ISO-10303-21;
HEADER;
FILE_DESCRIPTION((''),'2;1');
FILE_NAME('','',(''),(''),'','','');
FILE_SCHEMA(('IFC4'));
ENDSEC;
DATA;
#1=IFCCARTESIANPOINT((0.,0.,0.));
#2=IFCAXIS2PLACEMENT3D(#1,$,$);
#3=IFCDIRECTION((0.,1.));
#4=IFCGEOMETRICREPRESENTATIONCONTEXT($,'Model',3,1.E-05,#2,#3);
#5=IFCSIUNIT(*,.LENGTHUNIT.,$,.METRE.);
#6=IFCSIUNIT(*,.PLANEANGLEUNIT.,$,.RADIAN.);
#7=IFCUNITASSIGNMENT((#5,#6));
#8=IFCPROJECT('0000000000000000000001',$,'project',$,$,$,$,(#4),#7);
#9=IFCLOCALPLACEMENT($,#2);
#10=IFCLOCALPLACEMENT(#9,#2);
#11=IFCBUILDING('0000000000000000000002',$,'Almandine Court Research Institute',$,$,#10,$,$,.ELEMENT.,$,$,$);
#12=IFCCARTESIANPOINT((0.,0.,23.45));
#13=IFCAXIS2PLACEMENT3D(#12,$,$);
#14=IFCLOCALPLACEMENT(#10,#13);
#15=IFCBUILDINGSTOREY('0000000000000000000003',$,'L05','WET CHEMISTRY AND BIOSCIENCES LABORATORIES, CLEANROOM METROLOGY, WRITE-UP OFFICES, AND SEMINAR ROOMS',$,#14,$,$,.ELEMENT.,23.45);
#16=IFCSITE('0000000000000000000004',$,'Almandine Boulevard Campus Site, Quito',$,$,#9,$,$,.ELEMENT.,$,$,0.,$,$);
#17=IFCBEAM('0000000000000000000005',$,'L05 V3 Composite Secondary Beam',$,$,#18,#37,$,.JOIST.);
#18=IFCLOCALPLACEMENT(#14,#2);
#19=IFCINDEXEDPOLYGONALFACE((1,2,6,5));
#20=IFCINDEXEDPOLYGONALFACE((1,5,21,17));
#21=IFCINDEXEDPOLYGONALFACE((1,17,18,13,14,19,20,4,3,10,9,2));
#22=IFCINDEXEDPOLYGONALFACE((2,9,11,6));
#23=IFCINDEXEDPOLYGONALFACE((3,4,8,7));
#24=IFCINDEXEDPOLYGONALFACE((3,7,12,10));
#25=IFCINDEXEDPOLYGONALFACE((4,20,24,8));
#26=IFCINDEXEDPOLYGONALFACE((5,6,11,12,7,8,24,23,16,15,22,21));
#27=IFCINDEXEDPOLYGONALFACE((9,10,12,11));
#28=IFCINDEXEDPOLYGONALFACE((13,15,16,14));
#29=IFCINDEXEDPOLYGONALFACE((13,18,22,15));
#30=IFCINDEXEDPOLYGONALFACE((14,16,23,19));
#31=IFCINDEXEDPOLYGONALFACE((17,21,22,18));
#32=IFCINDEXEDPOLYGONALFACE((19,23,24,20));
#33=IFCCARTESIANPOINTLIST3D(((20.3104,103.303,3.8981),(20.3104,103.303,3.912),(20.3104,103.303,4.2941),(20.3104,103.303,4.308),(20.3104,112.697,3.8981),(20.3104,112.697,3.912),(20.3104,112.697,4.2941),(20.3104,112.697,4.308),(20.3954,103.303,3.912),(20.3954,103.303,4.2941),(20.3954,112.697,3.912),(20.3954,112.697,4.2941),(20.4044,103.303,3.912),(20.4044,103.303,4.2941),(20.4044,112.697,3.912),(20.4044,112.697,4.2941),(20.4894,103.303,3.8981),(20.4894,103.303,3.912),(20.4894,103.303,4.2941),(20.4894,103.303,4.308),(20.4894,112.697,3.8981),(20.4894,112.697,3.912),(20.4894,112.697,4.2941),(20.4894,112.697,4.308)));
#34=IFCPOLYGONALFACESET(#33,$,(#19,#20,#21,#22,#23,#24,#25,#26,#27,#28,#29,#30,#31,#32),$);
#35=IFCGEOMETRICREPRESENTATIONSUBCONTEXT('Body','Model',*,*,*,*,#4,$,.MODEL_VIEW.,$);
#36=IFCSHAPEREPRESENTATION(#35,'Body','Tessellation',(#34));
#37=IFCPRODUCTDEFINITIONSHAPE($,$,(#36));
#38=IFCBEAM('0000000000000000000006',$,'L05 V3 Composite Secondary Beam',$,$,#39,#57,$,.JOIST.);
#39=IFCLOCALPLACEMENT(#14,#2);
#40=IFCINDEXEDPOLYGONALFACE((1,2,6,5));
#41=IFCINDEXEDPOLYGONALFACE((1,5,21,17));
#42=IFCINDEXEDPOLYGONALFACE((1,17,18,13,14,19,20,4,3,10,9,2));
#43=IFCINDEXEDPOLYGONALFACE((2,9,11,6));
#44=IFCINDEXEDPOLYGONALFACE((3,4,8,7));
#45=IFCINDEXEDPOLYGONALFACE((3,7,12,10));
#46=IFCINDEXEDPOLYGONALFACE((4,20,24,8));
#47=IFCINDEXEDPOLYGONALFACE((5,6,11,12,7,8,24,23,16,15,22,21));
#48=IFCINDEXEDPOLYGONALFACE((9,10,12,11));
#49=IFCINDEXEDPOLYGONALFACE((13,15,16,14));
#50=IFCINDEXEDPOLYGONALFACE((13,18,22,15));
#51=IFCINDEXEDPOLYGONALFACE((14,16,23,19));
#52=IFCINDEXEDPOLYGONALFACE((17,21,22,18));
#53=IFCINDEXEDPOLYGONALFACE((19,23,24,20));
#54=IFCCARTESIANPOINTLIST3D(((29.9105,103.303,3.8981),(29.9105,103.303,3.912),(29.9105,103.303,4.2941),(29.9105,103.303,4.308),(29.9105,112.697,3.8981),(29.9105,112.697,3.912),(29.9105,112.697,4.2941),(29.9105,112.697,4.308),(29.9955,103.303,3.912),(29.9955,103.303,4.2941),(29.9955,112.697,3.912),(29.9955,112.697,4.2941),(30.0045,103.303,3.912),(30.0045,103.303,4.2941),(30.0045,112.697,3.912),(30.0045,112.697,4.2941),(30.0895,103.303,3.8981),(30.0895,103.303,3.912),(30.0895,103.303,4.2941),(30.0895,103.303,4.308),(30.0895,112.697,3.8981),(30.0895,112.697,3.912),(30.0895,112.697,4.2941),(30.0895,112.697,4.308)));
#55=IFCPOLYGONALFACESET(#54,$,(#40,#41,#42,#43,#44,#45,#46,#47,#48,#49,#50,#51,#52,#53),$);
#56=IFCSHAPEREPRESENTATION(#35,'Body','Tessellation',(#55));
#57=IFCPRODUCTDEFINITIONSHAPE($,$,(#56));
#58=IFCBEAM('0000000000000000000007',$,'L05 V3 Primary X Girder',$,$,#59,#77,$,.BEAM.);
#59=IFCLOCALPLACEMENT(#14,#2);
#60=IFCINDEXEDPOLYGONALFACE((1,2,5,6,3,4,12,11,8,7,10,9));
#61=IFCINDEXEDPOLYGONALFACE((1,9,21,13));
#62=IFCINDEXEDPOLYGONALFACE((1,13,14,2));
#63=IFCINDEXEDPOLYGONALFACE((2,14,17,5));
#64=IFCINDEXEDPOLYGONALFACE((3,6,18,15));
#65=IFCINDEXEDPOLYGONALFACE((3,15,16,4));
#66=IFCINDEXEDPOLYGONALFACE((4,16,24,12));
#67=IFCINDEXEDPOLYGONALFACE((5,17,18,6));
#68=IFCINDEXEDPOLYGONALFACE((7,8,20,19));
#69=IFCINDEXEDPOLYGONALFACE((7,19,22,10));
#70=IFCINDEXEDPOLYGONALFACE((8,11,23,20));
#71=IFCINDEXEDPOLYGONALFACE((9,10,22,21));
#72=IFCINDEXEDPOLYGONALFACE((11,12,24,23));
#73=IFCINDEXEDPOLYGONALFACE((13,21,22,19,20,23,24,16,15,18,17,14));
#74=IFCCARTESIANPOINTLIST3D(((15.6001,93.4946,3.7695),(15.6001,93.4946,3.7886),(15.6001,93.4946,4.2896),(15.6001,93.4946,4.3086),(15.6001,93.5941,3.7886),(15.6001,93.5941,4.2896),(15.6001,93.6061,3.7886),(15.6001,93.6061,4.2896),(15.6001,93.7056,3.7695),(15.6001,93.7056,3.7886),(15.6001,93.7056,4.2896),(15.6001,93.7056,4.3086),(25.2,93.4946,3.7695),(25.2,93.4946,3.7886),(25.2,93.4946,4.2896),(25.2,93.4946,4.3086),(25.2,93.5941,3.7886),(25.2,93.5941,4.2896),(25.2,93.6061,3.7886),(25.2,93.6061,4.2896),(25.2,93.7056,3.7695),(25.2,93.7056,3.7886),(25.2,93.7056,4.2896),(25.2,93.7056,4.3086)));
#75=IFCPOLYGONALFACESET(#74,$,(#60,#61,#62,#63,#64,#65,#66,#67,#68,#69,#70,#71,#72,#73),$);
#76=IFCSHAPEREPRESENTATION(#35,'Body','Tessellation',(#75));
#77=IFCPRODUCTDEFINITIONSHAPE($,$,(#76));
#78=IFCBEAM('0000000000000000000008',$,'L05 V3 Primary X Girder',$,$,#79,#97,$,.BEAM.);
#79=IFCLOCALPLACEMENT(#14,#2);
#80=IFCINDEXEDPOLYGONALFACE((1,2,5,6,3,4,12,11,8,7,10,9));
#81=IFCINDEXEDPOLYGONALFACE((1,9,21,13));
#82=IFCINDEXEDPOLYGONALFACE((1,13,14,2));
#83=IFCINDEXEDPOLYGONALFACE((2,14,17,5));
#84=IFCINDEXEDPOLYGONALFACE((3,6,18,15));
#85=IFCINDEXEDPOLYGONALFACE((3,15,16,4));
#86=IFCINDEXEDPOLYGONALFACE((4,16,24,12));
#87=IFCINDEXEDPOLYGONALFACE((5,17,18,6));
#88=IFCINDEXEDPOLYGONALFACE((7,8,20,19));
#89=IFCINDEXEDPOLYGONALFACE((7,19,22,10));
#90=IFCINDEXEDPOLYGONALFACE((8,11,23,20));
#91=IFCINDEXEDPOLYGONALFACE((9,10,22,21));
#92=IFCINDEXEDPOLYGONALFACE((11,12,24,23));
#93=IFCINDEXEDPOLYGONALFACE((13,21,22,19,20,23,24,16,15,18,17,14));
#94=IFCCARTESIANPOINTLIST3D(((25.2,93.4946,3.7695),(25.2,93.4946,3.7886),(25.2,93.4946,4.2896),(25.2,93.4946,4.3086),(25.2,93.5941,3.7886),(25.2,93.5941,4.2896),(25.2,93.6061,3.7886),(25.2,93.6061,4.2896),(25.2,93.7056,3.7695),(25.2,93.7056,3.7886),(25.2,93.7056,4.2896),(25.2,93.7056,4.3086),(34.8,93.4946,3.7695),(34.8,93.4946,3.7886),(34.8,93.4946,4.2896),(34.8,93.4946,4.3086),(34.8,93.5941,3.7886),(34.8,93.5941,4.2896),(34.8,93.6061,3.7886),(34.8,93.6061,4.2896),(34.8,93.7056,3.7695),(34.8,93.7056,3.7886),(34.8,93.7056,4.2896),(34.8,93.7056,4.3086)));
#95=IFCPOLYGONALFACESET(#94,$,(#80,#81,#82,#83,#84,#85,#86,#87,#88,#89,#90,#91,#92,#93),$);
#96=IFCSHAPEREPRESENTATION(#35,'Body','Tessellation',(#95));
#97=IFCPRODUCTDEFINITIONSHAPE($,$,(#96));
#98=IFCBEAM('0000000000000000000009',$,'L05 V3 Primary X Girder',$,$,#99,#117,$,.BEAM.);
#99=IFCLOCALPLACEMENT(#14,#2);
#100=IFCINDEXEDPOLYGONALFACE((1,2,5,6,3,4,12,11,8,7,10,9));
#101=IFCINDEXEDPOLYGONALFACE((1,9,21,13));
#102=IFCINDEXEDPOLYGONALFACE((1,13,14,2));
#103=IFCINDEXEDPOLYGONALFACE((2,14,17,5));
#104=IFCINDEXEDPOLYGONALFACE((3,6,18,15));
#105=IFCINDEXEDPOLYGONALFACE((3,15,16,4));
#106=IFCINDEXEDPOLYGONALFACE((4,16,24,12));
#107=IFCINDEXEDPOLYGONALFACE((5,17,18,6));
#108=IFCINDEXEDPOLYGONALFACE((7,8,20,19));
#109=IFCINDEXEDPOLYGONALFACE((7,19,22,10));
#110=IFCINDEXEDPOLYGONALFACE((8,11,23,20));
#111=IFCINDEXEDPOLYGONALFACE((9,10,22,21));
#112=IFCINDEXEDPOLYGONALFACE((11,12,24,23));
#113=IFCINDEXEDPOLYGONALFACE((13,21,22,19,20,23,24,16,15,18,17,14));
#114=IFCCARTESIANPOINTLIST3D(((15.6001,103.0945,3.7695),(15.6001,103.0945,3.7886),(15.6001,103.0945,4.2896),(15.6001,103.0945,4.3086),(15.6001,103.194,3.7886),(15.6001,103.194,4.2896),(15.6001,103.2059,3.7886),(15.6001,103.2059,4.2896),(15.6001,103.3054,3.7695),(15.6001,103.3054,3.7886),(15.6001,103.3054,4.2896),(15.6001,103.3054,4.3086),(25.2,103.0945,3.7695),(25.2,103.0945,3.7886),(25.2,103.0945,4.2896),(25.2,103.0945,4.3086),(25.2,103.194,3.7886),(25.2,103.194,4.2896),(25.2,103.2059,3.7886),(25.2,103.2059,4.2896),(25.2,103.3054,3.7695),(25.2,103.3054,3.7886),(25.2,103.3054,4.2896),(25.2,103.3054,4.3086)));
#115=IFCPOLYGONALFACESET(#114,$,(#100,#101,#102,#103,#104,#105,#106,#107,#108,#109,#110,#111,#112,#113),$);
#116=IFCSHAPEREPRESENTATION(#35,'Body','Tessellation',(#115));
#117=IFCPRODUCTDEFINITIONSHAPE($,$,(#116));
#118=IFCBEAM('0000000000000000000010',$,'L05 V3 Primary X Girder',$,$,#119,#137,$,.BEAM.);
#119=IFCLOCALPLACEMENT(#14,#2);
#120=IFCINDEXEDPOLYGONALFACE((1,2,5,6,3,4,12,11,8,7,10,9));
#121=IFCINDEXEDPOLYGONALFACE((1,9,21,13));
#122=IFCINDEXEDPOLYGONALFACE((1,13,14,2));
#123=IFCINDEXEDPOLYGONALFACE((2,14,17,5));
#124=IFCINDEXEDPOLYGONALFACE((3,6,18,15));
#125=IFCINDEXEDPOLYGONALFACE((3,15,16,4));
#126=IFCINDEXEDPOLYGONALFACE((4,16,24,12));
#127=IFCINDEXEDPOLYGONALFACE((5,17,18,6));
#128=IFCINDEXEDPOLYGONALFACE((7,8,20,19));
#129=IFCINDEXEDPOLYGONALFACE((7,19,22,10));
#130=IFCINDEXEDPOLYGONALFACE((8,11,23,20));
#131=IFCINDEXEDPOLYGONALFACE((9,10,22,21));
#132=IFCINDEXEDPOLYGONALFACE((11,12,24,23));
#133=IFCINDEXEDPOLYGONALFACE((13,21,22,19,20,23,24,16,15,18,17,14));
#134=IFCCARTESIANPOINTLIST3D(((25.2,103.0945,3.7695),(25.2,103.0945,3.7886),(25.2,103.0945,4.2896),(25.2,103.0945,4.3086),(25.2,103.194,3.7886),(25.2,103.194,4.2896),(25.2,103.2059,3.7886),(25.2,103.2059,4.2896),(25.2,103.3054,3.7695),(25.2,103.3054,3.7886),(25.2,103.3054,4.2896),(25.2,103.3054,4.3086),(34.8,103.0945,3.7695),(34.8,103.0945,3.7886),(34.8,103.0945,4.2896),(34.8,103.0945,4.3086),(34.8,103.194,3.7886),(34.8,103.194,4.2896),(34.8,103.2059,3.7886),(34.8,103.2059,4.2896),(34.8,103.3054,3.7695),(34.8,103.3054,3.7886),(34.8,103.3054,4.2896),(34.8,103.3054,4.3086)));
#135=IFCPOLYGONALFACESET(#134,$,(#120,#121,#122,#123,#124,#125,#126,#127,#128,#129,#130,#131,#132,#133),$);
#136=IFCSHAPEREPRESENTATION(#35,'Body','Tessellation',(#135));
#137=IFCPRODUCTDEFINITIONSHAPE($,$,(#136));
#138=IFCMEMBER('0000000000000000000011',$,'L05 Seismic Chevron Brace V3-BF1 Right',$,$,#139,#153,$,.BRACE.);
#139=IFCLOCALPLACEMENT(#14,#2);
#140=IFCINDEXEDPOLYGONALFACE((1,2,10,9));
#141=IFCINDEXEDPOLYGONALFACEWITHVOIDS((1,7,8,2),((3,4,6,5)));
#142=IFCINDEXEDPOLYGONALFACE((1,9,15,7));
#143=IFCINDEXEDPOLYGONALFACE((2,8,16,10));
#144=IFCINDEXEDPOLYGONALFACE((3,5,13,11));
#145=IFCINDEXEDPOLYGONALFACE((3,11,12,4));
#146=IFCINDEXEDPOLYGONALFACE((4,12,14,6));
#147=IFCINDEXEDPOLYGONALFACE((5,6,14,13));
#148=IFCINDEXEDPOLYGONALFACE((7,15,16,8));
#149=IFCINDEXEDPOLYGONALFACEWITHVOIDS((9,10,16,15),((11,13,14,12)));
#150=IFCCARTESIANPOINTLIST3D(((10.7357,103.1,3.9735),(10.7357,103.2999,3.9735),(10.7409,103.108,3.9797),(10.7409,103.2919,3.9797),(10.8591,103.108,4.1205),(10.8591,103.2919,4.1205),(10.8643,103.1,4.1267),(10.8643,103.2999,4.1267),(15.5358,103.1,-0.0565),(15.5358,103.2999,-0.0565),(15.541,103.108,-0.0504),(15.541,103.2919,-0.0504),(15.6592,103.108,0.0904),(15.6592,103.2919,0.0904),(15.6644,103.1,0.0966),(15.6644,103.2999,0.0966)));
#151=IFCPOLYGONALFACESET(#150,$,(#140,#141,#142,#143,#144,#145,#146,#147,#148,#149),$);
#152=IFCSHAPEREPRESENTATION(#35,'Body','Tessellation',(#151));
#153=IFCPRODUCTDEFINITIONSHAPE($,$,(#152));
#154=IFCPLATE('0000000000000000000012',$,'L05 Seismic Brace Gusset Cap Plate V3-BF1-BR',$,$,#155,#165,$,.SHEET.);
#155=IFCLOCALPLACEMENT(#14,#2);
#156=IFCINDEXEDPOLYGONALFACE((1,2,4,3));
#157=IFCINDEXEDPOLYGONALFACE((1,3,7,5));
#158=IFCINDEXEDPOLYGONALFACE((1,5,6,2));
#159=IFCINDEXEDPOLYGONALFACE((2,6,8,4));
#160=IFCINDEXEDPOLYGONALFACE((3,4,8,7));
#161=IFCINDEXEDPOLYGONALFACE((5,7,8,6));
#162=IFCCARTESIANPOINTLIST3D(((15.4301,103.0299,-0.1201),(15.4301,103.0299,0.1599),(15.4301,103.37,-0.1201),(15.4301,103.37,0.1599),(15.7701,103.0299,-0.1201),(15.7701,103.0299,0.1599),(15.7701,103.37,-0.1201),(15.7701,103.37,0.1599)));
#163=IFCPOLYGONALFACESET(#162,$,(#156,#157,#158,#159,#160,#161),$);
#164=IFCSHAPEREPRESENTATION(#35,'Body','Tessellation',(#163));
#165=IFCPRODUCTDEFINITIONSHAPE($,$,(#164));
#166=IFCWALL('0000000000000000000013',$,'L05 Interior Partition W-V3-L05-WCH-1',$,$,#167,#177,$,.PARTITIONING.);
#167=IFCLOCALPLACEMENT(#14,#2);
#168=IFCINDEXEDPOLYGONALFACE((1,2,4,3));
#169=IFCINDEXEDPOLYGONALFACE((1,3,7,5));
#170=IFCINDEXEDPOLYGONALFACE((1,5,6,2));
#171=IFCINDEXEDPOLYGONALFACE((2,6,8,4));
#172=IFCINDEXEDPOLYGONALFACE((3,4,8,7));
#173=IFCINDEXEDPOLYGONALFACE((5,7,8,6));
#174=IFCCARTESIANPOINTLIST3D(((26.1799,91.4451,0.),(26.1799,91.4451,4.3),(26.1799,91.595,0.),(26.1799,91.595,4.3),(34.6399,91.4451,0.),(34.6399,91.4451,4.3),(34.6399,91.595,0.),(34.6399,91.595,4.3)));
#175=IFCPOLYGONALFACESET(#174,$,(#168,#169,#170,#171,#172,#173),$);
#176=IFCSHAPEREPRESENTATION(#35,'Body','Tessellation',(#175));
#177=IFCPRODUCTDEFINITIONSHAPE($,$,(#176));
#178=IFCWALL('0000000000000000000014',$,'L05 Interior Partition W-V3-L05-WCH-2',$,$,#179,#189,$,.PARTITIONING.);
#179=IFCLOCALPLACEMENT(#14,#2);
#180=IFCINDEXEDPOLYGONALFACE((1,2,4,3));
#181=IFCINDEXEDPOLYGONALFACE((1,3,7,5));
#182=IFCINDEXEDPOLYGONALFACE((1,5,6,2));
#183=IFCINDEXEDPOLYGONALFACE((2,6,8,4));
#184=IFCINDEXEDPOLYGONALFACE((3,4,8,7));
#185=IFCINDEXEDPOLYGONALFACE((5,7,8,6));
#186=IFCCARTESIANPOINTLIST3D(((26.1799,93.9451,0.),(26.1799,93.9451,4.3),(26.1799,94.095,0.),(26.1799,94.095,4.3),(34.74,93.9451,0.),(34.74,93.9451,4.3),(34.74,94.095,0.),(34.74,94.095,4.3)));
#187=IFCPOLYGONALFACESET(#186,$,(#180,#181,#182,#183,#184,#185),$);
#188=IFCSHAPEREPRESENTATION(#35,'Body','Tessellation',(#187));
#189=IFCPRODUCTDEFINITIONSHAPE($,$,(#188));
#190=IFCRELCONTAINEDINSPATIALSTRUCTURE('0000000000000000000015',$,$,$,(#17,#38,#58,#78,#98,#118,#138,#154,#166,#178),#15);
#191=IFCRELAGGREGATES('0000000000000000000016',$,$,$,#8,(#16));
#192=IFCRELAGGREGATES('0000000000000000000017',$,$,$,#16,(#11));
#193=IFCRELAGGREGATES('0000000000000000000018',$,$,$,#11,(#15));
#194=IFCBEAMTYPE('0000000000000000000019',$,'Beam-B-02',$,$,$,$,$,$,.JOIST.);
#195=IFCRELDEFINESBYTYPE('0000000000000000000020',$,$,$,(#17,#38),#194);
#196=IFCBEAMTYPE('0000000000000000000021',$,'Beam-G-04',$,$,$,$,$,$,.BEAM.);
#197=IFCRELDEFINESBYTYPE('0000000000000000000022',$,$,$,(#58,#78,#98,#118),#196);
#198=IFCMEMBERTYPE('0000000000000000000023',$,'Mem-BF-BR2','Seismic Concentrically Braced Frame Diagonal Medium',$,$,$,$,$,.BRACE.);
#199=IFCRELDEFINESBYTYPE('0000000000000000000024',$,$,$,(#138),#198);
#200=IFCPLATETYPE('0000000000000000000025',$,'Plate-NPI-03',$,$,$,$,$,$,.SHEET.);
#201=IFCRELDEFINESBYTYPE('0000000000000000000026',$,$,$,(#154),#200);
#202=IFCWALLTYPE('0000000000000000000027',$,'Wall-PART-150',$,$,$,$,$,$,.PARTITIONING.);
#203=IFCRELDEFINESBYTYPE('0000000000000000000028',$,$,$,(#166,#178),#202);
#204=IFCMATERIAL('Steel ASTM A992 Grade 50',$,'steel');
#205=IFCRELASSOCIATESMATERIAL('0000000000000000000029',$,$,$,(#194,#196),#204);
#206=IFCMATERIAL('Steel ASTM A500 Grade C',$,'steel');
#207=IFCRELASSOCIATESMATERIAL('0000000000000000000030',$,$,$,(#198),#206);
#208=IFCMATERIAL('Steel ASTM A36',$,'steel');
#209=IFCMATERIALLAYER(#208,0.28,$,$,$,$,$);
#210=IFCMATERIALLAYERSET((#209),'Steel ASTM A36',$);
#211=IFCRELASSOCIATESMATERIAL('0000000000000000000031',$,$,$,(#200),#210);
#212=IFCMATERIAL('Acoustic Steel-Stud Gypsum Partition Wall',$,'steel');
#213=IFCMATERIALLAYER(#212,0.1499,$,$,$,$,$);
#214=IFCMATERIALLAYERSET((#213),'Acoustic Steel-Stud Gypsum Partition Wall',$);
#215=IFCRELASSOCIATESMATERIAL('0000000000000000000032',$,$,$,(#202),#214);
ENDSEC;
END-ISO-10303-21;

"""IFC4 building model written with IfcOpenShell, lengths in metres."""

from ifc_helpers import new_model, si_unit, direction, frame, frame_2d, origin, origin_2d, place, context, subcontext, project, spatial, rectangle, hollow_rectangle, i_section, extrude, material, layer, layer_set, material_profile, profile_set, type_object, element, save


model = new_model("IFC4")

# Units and contexts
model_context = context("Model", 3, precision=1e-05, world=origin(), true_north=direction((0.0, 1.0)))
body_context = subcontext(model_context, "Body", "Model", "MODEL_VIEW")
ifc_project = project(units=[si_unit("LENGTHUNIT", "METRE"), si_unit("PLANEANGLEUNIT", "RADIAN")], contexts=[model_context])

# Site, building, storey
site_placement = place(None, origin())
site = spatial("IfcSite", under=ifc_project, at=site_placement, Name="Almandine Boulevard Campus Site, Quito", CompositionType="ELEMENT", RefElevation=0.0)
building_placement = place(site_placement, origin())
building = spatial("IfcBuilding", under=site, at=building_placement, Name="Almandine Court Research Institute", CompositionType="ELEMENT")
storey_placement = place(building_placement, frame((0.0, 0.0, 23.45)))
storey = spatial("IfcBuildingStorey", under=building, at=storey_placement, Name="L05", Description="WET CHEMISTRY AND BIOSCIENCES LABORATORIES, CLEANROOM METROLOGY, WRITE-UP OFFICES, AND SEMINAR ROOMS", CompositionType="ELEMENT", Elevation=23.45)

# Shared definitions
ifc_material_1 = material(Name="Steel ASTM A992 Grade 50", Category="steel")

# Beams
ifc_material_profile_1 = material_profile(ifc_material_1, i_section(OverallWidth=0.179, OverallDepth=0.4099, WebThickness=0.009, FlangeThickness=0.0139, at=origin_2d()), Name="W410x67")
ifc_profile_set_1 = profile_set([ifc_material_profile_1], Name="Steel ASTM A992 Grade 50")
beam_type_1 = type_object("IfcBeamType", Name="Beam-B-02", PredefinedType="JOIST", material=ifc_profile_set_1)
for number, where, z_axis, x_axis, name in (
    (1, (20.3999, 103.303, 4.103), (0.0, 1.0, 0.0), (-1.0, 0.0, 0.0), "L05 V3 Composite Secondary Beam"),
    (2, (30.0, 103.303, 4.103), (0.0, 1.0, 0.0), (-1.0, 0.0, 0.0), "L05 V3 Composite Secondary Beam"),
):
    element("IfcBeam", number, at=place(storey_placement, frame(where, z_axis=z_axis, x_axis=x_axis)), inside=storey, type_object=beam_type_1, Name=name, PredefinedType="JOIST", context=body_context, shape_type="SweptSolid", body=[
        extrude(i_section(OverallWidth=0.179, OverallDepth=0.4099, WebThickness=0.009, FlangeThickness=0.0139, at=origin_2d()), origin(), (0.0, 0.0, 1.0), 9.394),
    ])
ifc_material_profile_2 = material_profile(ifc_material_1, i_section(OverallWidth=0.2109, OverallDepth=0.5391, WebThickness=0.012, FlangeThickness=0.019, at=origin_2d()), Name="W530x109")
ifc_profile_set_2 = profile_set([ifc_material_profile_2], Name="Steel ASTM A992 Grade 50")
beam_type_2 = type_object("IfcBeamType", Name="Beam-G-04", PredefinedType="BEAM", material=ifc_profile_set_2)
beam_1_placement = place(storey_placement, frame((15.6001, 93.6001, 4.0391), z_axis=(1.0, 0.0, 0.0), x_axis=(0.0, 1.0, 0.0)))
element("IfcBeam", 3, at=beam_1_placement, inside=storey, type_object=beam_type_2, Name="L05 V3 Primary X Girder", PredefinedType="BEAM", context=body_context, shape_type="SweptSolid", body=[
    extrude(i_section(OverallWidth=0.2109, OverallDepth=0.5391, WebThickness=0.012, FlangeThickness=0.019, at=origin_2d()), origin(), (0.0, 0.0, 1.0), 9.5999),
])
beam_2_placement = place(storey_placement, frame((25.2, 93.6001, 4.0391), z_axis=(1.0, 0.0, 0.0), x_axis=(0.0, 1.0, 0.0)))
element("IfcBeam", 4, at=beam_2_placement, inside=storey, type_object=beam_type_2, Name="L05 V3 Primary X Girder", PredefinedType="BEAM", context=body_context, shape_type="SweptSolid", body=[
    extrude(i_section(OverallWidth=0.2109, OverallDepth=0.5391, WebThickness=0.012, FlangeThickness=0.019, at=origin_2d()), origin(), (0.0, 0.0, 1.0), 9.6001),
])
beam_3_placement = place(storey_placement, frame((15.6001, 103.2, 4.0391), z_axis=(1.0, 0.0, 0.0), x_axis=(0.0, 1.0, 0.0)))
element("IfcBeam", 5, at=beam_3_placement, inside=storey, type_object=beam_type_2, Name="L05 V3 Primary X Girder", PredefinedType="BEAM", context=body_context, shape_type="SweptSolid", body=[
    extrude(i_section(OverallWidth=0.2109, OverallDepth=0.5391, WebThickness=0.012, FlangeThickness=0.019, at=origin_2d()), origin(), (0.0, 0.0, 1.0), 9.5999),
])
beam_4_placement = place(storey_placement, frame((25.2, 103.2, 4.0391), z_axis=(1.0, 0.0, 0.0), x_axis=(0.0, 1.0, 0.0)))
element("IfcBeam", 6, at=beam_4_placement, inside=storey, type_object=beam_type_2, Name="L05 V3 Primary X Girder", PredefinedType="BEAM", context=body_context, shape_type="SweptSolid", body=[
    extrude(i_section(OverallWidth=0.2109, OverallDepth=0.5391, WebThickness=0.012, FlangeThickness=0.019, at=origin_2d()), origin(), (0.0, 0.0, 1.0), 9.6001),
])

# Member
ifc_material_2 = material(Name="Steel ASTM A500 Grade C", Category="steel")
ifc_material_profile_3 = material_profile(ifc_material_2, hollow_rectangle(XDim=0.2, YDim=0.2, WallThickness=0.0081, at=origin_2d()), Name="HSS 200x200x8")
ifc_profile_set_3 = profile_set([ifc_material_profile_3], Name="Steel ASTM A500 Grade C")
member_type = type_object("IfcMemberType", Name="Mem-BF-BR2", Description="Seismic Concentrically Braced Frame Diagonal Medium", PredefinedType="BRACE", material=ifc_profile_set_3)
member_placement = place(storey_placement, frame((15.6001, 103.2, 0.02), z_axis=(-0.765863, 0.0, 0.643004), x_axis=(0.0, -1.0, 0.0)))
element("IfcMember", 7, at=member_placement, inside=storey, type_object=member_type, Name="L05 Seismic Chevron Brace V3-BF1 Right", PredefinedType="BRACE", context=body_context, shape_type="SweptSolid", body=[
    extrude(hollow_rectangle(XDim=0.2, YDim=0.2, WallThickness=0.0081, at=origin_2d()), origin(), (0.0, 0.0, 1.0), 6.2676),
])

# Plate
ifc_material_3 = material(Name="Steel ASTM A36", Category="steel")
ifc_layer_1 = layer(ifc_material_3, 0.28)
ifc_layer_set_1 = layer_set([ifc_layer_1], Name="Steel ASTM A36")
plate_type = type_object("IfcPlateType", Name="Plate-NPI-03", PredefinedType="SHEET", material=ifc_layer_set_1)
plate_placement = place(storey_placement, frame((15.6001, 103.2, -0.1201), z_axis=(0.0, 0.0, 1.0), x_axis=(1.0, 0.0, 0.0)))
element("IfcPlate", 8, at=plate_placement, inside=storey, type_object=plate_type, Name="L05 Seismic Brace Gusset Cap Plate V3-BF1-BR", PredefinedType="SHEET", context=body_context, shape_type="SweptSolid", body=[
    extrude(rectangle(XDim=0.3401, YDim=0.3401, at=origin_2d()), origin(), (0.0, 0.0, 1.0), 0.28),
])

# Walls
ifc_material_4 = material(Name="Acoustic Steel-Stud Gypsum Partition Wall", Category="steel")
ifc_layer_2 = layer(ifc_material_4, 0.1499)
ifc_layer_set_2 = layer_set([ifc_layer_2], Name="Acoustic Steel-Stud Gypsum Partition Wall")
wall_type_1 = type_object("IfcWallType", Name="Wall-PART-150", PredefinedType="PARTITIONING", material=ifc_layer_set_2)
wall_1_placement = place(storey_placement, frame((26.1799, 91.52, 0.0), z_axis=(0.0, 0.0, 1.0), x_axis=(1.0, 0.0, 0.0)))
element("IfcWall", 9, at=wall_1_placement, inside=storey, type_object=wall_type_1, Name="L05 Interior Partition W-V3-L05-WCH-1", PredefinedType="PARTITIONING", context=body_context, shape_type="SweptSolid", body=[
    extrude(rectangle(XDim=8.46, YDim=0.1499, at=frame_2d((4.23, 0.0))), origin(), (0.0, 0.0, 1.0), 4.3),
])
for number, where, z_axis, x_axis, name in (
    (10, (26.1799, 94.02, 0.0), (0.0, 0.0, 1.0), (1.0, 0.0, 0.0), "L05 Interior Partition W-V3-L05-WCH-2"),
):
    element("IfcWall", number, at=place(storey_placement, frame(where, z_axis=z_axis, x_axis=x_axis)), inside=storey, type_object=wall_type_1, Name=name, PredefinedType="PARTITIONING", context=body_context, shape_type="SweptSolid", body=[
        extrude(rectangle(XDim=8.5601, YDim=0.1499, at=frame_2d((4.28, 0.0))), origin(), (0.0, 0.0, 1.0), 4.3),
    ])

save(model, "model.ifc")
